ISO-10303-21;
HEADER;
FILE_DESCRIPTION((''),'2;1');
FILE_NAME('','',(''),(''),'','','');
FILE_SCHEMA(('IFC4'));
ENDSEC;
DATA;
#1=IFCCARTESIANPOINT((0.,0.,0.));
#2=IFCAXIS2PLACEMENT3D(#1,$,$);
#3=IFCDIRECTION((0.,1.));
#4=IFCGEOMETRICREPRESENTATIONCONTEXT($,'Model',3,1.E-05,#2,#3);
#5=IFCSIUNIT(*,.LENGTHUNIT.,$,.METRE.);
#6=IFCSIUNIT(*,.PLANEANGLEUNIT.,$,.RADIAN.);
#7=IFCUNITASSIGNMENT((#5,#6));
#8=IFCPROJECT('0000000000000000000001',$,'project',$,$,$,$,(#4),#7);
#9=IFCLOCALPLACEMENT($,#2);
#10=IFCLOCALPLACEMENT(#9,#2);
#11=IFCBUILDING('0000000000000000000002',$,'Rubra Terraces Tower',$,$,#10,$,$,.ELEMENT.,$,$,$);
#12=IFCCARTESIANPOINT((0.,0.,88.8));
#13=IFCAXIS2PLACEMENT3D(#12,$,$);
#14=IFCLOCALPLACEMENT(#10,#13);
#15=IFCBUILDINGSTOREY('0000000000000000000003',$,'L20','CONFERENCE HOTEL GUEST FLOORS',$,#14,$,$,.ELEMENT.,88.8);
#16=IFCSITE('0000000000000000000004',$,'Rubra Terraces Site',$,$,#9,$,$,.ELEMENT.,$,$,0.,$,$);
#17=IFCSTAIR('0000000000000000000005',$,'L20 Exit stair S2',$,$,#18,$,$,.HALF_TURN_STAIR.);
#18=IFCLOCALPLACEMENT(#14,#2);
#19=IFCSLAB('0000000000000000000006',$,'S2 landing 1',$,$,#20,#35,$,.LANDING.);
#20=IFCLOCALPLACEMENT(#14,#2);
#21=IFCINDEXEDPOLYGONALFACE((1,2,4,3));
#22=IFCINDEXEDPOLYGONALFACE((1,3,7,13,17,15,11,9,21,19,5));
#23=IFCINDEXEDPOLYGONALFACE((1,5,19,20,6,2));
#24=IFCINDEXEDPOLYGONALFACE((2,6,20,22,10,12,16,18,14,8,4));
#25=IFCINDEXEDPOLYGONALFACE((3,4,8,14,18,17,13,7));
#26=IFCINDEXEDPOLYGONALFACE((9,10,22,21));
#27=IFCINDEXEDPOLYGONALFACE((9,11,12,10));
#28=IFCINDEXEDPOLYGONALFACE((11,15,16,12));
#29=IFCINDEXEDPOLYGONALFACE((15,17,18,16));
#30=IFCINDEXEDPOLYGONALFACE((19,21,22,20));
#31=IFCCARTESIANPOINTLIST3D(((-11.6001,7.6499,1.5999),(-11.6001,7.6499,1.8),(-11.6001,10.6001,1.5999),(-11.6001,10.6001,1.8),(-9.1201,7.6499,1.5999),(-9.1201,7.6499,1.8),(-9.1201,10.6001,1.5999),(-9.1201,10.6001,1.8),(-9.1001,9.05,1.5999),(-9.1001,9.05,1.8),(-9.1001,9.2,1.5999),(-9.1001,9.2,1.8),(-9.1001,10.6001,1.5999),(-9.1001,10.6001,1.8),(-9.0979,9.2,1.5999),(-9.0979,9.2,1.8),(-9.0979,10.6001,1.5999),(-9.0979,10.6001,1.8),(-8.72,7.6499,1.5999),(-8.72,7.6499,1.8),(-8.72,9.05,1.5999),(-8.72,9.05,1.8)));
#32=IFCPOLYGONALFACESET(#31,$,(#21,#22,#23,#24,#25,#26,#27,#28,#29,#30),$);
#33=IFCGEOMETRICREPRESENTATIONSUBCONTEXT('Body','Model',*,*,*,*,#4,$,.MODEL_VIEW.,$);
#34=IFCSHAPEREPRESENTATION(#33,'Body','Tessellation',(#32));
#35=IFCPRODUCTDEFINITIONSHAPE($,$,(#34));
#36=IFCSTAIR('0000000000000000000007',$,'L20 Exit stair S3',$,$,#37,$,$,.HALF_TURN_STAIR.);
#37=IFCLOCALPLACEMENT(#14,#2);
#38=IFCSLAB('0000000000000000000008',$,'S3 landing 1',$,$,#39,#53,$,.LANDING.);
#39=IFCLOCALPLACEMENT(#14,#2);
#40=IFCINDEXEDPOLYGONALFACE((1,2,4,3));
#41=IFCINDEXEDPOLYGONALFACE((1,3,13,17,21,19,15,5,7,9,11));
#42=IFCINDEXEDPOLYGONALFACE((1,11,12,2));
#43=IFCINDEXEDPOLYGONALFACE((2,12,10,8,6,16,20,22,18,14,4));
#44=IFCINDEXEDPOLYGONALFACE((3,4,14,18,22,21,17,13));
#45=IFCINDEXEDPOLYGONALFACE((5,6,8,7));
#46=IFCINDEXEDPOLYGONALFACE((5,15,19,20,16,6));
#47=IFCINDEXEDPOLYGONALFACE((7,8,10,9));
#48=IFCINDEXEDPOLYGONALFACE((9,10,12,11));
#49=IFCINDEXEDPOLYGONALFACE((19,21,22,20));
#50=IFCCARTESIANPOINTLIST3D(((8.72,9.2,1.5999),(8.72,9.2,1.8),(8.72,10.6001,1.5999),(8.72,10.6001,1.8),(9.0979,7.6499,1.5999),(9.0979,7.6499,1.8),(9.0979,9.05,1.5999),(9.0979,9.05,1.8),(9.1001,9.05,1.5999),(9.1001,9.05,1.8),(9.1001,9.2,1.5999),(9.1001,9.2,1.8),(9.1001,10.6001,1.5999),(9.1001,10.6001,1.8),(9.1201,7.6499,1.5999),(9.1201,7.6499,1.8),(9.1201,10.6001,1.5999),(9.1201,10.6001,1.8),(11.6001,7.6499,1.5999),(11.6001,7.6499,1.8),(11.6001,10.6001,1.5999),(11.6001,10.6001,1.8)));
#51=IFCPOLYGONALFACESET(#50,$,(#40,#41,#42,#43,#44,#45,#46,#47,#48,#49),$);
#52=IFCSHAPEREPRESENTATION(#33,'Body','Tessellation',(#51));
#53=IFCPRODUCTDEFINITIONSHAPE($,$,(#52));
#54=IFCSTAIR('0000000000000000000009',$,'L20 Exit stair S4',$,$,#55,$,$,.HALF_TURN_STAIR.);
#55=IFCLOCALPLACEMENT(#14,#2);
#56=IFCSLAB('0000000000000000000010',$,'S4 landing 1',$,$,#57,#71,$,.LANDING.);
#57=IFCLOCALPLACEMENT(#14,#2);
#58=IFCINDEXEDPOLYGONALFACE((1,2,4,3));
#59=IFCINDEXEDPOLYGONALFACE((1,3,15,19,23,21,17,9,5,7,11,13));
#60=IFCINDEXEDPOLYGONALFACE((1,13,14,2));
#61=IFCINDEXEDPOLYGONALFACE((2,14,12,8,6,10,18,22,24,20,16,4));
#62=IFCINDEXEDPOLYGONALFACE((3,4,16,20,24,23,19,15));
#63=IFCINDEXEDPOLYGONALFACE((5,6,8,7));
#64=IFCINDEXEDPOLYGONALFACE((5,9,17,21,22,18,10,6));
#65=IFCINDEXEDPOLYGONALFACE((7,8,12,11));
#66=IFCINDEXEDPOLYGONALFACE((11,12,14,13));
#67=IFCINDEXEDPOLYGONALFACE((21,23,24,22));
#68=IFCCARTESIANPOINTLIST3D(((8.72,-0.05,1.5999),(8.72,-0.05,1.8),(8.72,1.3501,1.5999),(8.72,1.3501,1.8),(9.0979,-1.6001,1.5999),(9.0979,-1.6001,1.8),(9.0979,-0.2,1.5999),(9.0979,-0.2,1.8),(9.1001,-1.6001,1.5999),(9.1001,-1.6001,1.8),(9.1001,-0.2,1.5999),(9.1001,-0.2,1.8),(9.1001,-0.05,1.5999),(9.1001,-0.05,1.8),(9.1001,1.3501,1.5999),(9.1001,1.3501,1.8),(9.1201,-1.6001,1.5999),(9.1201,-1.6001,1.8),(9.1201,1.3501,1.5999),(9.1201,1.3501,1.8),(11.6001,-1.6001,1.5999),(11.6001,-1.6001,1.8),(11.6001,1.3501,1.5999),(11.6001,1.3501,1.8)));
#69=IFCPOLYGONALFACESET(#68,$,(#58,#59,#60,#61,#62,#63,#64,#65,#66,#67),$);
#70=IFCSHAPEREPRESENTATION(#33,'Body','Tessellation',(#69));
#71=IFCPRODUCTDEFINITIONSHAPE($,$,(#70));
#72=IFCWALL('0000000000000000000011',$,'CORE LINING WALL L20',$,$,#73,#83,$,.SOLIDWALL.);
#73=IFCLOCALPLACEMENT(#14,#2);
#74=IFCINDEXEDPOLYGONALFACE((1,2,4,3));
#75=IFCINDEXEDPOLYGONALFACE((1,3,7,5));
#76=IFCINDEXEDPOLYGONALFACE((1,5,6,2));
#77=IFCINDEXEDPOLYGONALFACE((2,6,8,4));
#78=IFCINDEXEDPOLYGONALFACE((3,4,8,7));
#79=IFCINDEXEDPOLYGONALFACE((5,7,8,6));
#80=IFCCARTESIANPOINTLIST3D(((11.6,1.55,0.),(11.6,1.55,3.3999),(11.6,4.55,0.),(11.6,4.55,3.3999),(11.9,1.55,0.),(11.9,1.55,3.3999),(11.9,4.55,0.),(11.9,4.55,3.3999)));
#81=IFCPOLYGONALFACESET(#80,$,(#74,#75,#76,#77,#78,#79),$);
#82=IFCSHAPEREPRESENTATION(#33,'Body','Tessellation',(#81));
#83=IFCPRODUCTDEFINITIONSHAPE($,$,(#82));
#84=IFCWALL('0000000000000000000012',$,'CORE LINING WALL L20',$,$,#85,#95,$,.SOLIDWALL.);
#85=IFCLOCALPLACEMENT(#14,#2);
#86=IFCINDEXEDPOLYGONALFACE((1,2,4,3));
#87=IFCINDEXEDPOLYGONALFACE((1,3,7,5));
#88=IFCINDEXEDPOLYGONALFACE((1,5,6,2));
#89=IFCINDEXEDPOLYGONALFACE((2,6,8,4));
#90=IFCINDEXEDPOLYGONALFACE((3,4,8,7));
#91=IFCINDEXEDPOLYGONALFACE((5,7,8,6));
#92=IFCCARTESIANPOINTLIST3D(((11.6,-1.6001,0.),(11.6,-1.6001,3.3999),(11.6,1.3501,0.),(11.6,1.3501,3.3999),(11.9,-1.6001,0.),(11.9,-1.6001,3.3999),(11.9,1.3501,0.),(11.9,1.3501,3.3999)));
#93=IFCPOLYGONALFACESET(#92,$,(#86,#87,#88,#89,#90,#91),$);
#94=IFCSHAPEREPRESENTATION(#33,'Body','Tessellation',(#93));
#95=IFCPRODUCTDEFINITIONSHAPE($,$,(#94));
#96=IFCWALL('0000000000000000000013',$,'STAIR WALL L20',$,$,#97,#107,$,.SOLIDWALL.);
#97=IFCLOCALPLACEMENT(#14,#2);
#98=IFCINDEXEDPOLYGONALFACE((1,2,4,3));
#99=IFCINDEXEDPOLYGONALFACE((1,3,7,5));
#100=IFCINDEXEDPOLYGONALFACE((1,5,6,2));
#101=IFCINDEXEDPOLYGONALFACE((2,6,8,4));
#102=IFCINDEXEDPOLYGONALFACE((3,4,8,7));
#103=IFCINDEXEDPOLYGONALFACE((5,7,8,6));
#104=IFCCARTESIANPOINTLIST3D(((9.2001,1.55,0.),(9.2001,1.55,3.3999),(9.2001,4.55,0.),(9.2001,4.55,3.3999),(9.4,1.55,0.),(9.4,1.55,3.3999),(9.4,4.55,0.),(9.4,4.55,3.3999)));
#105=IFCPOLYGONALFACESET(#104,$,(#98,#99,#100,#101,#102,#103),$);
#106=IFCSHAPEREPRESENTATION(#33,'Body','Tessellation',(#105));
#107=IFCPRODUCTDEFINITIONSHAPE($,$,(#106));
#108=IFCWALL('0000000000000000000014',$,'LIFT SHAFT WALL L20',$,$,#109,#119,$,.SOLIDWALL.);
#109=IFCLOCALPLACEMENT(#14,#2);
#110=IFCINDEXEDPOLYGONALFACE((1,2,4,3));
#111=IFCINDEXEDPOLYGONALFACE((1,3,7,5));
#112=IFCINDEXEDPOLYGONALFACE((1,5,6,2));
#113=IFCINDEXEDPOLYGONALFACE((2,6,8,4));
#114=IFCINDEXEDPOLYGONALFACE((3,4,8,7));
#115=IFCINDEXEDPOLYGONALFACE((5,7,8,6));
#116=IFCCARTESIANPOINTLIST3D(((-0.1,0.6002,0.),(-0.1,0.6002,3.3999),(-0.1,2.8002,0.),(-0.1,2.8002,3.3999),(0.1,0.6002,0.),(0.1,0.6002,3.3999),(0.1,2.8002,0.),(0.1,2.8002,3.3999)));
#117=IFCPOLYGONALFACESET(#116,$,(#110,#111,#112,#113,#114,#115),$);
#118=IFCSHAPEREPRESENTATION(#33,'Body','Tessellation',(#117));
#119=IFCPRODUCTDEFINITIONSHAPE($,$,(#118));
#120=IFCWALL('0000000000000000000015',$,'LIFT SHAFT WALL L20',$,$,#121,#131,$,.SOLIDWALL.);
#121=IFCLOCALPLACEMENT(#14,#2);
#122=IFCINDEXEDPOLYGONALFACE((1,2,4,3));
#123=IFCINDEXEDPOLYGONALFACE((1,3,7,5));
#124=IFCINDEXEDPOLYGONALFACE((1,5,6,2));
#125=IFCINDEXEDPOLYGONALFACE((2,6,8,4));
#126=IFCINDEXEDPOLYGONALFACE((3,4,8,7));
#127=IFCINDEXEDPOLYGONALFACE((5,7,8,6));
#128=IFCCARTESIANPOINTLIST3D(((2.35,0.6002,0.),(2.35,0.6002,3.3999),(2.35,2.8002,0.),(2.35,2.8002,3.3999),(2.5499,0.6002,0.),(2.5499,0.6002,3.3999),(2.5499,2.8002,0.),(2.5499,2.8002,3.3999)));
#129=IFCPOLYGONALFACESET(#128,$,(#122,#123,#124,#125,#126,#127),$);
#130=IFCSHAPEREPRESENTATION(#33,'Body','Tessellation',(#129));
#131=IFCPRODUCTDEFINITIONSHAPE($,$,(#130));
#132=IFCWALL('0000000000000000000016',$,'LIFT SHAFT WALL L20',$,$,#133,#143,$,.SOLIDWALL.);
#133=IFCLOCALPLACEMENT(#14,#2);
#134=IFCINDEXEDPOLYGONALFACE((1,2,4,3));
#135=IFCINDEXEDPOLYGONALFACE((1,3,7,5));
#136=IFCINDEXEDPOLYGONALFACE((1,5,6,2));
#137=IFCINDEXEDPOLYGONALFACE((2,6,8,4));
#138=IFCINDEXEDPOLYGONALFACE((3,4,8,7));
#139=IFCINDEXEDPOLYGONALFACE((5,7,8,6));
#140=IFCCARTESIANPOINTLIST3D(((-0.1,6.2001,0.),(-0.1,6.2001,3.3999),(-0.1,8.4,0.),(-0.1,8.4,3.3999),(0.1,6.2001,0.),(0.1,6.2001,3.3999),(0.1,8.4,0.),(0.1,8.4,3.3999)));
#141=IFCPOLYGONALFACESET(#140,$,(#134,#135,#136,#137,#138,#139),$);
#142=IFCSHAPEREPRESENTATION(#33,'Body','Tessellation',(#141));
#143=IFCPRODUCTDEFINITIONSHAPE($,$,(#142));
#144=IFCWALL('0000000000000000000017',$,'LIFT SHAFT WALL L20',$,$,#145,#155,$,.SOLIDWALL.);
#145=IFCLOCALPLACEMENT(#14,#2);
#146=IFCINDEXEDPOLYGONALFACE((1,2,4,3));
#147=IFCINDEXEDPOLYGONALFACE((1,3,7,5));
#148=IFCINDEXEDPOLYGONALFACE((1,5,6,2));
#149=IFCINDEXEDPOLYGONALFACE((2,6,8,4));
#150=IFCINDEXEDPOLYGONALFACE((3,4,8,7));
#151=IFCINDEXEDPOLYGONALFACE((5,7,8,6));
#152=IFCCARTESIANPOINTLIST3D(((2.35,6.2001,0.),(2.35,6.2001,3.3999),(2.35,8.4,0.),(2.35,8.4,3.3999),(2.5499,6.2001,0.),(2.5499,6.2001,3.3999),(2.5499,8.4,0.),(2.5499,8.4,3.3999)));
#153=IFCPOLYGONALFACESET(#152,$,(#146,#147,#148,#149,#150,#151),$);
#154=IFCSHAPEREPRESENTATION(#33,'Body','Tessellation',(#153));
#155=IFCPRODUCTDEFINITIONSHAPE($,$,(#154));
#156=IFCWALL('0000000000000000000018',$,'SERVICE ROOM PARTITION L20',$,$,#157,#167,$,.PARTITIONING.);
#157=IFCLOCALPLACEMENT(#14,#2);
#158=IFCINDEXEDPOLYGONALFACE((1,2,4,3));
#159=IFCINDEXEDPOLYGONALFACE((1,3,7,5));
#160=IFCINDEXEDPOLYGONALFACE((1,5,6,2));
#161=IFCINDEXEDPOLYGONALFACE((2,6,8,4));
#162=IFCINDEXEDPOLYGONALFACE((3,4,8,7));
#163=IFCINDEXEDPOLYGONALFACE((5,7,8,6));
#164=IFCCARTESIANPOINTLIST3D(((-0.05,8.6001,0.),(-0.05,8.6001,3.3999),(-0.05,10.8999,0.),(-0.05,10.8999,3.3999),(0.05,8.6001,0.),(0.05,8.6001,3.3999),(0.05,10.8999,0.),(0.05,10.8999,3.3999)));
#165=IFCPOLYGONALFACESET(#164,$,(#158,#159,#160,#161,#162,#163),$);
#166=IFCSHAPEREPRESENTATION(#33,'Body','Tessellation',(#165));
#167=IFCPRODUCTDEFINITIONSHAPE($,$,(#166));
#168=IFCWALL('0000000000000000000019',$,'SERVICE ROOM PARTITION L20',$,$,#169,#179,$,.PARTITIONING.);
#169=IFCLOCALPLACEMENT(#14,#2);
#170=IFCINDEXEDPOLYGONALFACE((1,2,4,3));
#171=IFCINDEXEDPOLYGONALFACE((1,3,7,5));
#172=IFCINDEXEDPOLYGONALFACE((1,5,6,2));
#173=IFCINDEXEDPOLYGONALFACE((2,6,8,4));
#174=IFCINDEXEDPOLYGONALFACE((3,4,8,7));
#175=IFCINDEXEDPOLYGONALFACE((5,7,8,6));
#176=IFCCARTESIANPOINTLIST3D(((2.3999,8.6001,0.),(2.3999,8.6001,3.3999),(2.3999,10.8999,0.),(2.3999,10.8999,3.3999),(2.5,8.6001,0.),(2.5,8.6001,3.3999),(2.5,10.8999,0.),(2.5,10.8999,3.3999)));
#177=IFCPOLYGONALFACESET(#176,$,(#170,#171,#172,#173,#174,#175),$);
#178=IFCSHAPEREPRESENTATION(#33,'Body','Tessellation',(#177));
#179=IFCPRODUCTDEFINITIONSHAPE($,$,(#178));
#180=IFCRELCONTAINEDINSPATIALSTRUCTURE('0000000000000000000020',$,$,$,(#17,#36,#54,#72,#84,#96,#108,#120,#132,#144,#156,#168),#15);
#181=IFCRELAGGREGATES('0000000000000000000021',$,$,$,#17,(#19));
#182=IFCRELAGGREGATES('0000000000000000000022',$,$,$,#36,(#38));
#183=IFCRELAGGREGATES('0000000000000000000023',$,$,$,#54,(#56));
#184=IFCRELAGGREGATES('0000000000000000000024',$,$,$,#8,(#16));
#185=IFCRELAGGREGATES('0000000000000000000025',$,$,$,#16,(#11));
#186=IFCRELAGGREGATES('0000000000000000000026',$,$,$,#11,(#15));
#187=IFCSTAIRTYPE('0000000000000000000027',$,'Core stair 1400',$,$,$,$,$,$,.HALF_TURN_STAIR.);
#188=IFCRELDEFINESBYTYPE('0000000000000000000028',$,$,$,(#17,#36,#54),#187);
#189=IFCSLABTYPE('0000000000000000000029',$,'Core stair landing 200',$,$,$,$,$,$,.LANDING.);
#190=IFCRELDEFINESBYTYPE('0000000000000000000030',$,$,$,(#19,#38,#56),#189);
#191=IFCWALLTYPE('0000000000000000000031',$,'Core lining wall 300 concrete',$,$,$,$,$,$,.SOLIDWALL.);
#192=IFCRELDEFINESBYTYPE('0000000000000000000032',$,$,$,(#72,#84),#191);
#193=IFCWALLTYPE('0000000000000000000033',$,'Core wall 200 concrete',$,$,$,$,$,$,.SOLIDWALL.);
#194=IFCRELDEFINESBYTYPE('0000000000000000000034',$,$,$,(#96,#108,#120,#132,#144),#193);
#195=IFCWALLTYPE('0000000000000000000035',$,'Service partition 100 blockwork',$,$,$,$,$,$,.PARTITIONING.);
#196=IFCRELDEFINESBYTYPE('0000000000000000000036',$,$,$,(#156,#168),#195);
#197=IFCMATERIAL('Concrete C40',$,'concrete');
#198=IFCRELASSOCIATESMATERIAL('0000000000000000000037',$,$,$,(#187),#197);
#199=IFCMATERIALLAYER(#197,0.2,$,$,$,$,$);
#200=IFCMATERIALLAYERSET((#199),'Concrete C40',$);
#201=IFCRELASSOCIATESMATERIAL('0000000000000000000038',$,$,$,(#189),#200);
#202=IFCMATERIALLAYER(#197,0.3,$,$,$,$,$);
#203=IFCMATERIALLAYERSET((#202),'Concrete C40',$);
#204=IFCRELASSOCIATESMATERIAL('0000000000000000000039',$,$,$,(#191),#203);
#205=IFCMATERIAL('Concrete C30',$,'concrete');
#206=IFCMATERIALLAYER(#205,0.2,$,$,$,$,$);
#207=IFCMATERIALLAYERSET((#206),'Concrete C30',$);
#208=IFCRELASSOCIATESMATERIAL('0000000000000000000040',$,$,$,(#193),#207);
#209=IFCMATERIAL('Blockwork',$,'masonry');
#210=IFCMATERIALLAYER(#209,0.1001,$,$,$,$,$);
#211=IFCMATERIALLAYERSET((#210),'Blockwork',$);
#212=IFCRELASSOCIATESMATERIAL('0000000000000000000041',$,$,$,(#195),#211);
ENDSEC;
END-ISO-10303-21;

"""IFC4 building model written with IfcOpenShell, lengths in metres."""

from ifc_helpers import new_model, si_unit, direction, frame, frame_2d, origin, place, context, subcontext, project, spatial, polyline, rectangle, outline, extrude, material, layer, layer_set, type_object, element, aggregate, save


model = new_model("IFC4")

# Units and contexts
model_context = context("Model", 3, precision=1e-05, world=origin(), true_north=direction((0.0, 1.0)))
body_context = subcontext(model_context, "Body", "Model", "MODEL_VIEW")
ifc_project = project(units=[si_unit("LENGTHUNIT", "METRE"), si_unit("PLANEANGLEUNIT", "RADIAN")], contexts=[model_context])

# Site, building, storey
site_placement = place(None, origin())
site = spatial("IfcSite", under=ifc_project, at=site_placement, Name="Rubra Terraces Site", CompositionType="ELEMENT", RefElevation=0.0)
building_placement = place(site_placement, origin())
building = spatial("IfcBuilding", under=site, at=building_placement, Name="Rubra Terraces Tower", CompositionType="ELEMENT")
storey_placement = place(building_placement, frame((0.0, 0.0, 88.8)))
storey = spatial("IfcBuildingStorey", under=building, at=storey_placement, Name="L20", Description="CONFERENCE HOTEL GUEST FLOORS", CompositionType="ELEMENT", Elevation=88.8)

# Stairs, slabs
ifc_material_1 = material(Name="Concrete C40", Category="concrete")
stair_type = type_object("IfcStairType", Name="Core stair 1400", PredefinedType="HALF_TURN_STAIR", material=ifc_material_1)
stair_1_placement = place(storey_placement, origin())
stair_1 = element("IfcStair", 1, at=stair_1_placement, inside=storey, type_object=stair_type, Name="L20 Exit stair S2", PredefinedType="HALF_TURN_STAIR")
ifc_layer_1 = layer(ifc_material_1, 0.2)
ifc_layer_set_1 = layer_set([ifc_layer_1], Name="Concrete C40")
slab_type = type_object("IfcSlabType", Name="Core stair landing 200", PredefinedType="LANDING", material=ifc_layer_set_1)
slab_1_placement = place(storey_placement, frame((0.0, 0.0, 1.5999)))
slab_1 = element("IfcSlab", 2, at=slab_1_placement, type_object=slab_type, Name="S2 landing 1", PredefinedType="LANDING", context=body_context, shape_type="SweptSolid", body=[
    extrude(outline(polyline([(-8.72, 9.05), (-8.72, 7.6499), (-9.1201, 7.6499), (-11.6001, 7.6499), (-11.6001, 10.6001), (-9.1201, 10.6001), (-9.1001, 10.6001), (-9.0979, 10.6001), (-9.0979, 9.2), (-9.1001, 9.2), (-9.1001, 9.05), (-8.72, 9.05)])), origin(), (0.0, 0.0, 1.0), 0.2002),
])
aggregate(stair_1, [slab_1])
stair_2_placement = place(storey_placement, origin())
stair_2 = element("IfcStair", 3, at=stair_2_placement, inside=storey, type_object=stair_type, Name="L20 Exit stair S3", PredefinedType="HALF_TURN_STAIR")
slab_2_placement = place(storey_placement, frame((0.0, 0.0, 1.5999)))
slab_2 = element("IfcSlab", 4, at=slab_2_placement, type_object=slab_type, Name="S3 landing 1", PredefinedType="LANDING", context=body_context, shape_type="SweptSolid", body=[
    extrude(outline(polyline([(9.1001, 9.05), (9.1001, 9.2), (8.72, 9.2), (8.72, 10.6001), (9.1001, 10.6001), (9.1201, 10.6001), (11.6001, 10.6001), (11.6001, 7.6499), (9.1201, 7.6499), (9.0979, 7.6499), (9.0979, 9.05), (9.1001, 9.05)])), origin(), (0.0, 0.0, 1.0), 0.2002),
])
stair_3_placement = place(storey_placement, origin())
stair_3 = element("IfcStair", 5, at=stair_3_placement, inside=storey, type_object=stair_type, Name="L20 Exit stair S4", PredefinedType="HALF_TURN_STAIR")
slab_3_placement = place(storey_placement, frame((0.0, 0.0, 1.5999)))
slab_3 = element("IfcSlab", 6, at=slab_3_placement, type_object=slab_type, Name="S4 landing 1", PredefinedType="LANDING", context=body_context, shape_type="SweptSolid", body=[
    extrude(outline(polyline([(9.1001, -0.2), (9.1001, -0.05), (8.72, -0.05), (8.72, 1.3501), (9.1001, 1.3501), (9.1201, 1.3501), (11.6001, 1.3501), (11.6001, -1.6001), (9.1201, -1.6001), (9.1001, -1.6001), (9.0979, -1.6001), (9.0979, -0.2), (9.1001, -0.2)])), origin(), (0.0, 0.0, 1.0), 0.2002),
])

# Walls
ifc_layer_2 = layer(ifc_material_1, 0.3)
ifc_layer_set_2 = layer_set([ifc_layer_2], Name="Concrete C40")
wall_type_1 = type_object("IfcWallType", Name="Core lining wall 300 concrete", PredefinedType="SOLIDWALL", material=ifc_layer_set_2)
wall_1_placement = place(storey_placement, frame((11.75, 4.55, 0.0), z_axis=(0.0, 0.0, 1.0), x_axis=(0.0, -1.0, 0.0)))
element("IfcWall", 7, at=wall_1_placement, inside=storey, type_object=wall_type_1, Name="CORE LINING WALL L20", PredefinedType="SOLIDWALL", context=body_context, shape_type="SweptSolid", body=[
    extrude(rectangle(XDim=3.0, YDim=0.3, at=frame_2d((1.5, 0.0))), origin(), (0.0, 0.0, 1.0), 3.3999),
])
wall_2_placement = place(storey_placement, frame((11.75, 1.3501, 0.0), z_axis=(0.0, 0.0, 1.0), x_axis=(0.0, -1.0, 0.0)))
element("IfcWall", 8, at=wall_2_placement, inside=storey, type_object=wall_type_1, Name="CORE LINING WALL L20", PredefinedType="SOLIDWALL", context=body_context, shape_type="SweptSolid", body=[
    extrude(rectangle(XDim=2.9502, YDim=0.3, at=frame_2d((1.4751, 0.0))), origin(), (0.0, 0.0, 1.0), 3.3999),
])
ifc_material_2 = material(Name="Concrete C30", Category="concrete")
ifc_layer_3 = layer(ifc_material_2, 0.2)
ifc_layer_set_3 = layer_set([ifc_layer_3], Name="Concrete C30")
wall_type_2 = type_object("IfcWallType", Name="Core wall 200 concrete", PredefinedType="SOLIDWALL", material=ifc_layer_set_3)
wall_3_placement = place(storey_placement, frame((9.3, 4.55, 0.0), z_axis=(0.0, 0.0, 1.0), x_axis=(0.0, -1.0, 0.0)))
element("IfcWall", 9, at=wall_3_placement, inside=storey, type_object=wall_type_2, Name="STAIR WALL L20", PredefinedType="SOLIDWALL", context=body_context, shape_type="SweptSolid", body=[
    extrude(rectangle(XDim=3.0, YDim=0.2, at=frame_2d((1.5, 0.0))), origin(), (0.0, 0.0, 1.0), 3.3999),
])
for number, where, z_axis, x_axis, name in (
    (10, (0.0, 0.6001, 0.0), (0.0, 0.0, 1.0), (0.0, 1.0, 0.0), "LIFT SHAFT WALL L20"),
    (11, (2.45, 0.6001, 0.0), (0.0, 0.0, 1.0), (0.0, 1.0, 0.0), "LIFT SHAFT WALL L20"),
    (12, (0.0, 6.2, 0.0), (0.0, 0.0, 1.0), (0.0, 1.0, 0.0), "LIFT SHAFT WALL L20"),
    (13, (2.45, 6.2, 0.0), (0.0, 0.0, 1.0), (0.0, 1.0, 0.0), "LIFT SHAFT WALL L20"),
):
    element("IfcWall", number, at=place(storey_placement, frame(where, z_axis=z_axis, x_axis=x_axis)), inside=storey, type_object=wall_type_2, Name=name, PredefinedType="SOLIDWALL", context=body_context, shape_type="SweptSolid", body=[
        extrude(rectangle(XDim=2.2, YDim=0.2, at=frame_2d((1.1001, 0.0))), origin(), (0.0, 0.0, 1.0), 3.3999),
    ])
ifc_material_3 = material(Name="Blockwork", Category="masonry")
ifc_layer_4 = layer(ifc_material_3, 0.1001)
ifc_layer_set_4 = layer_set([ifc_layer_4], Name="Blockwork")
wall_type_3 = type_object("IfcWallType", Name="Service partition 100 blockwork", PredefinedType="PARTITIONING", material=ifc_layer_set_4)
for number, where, z_axis, x_axis, name in (
    (14, (0.0, 8.6001, 0.0), (0.0, 0.0, 1.0), (0.0, 1.0, 0.0), "SERVICE ROOM PARTITION L20"),
    (15, (2.45, 8.6001, 0.0), (0.0, 0.0, 1.0), (0.0, 1.0, 0.0), "SERVICE ROOM PARTITION L20"),
):
    element("IfcWall", number, at=place(storey_placement, frame(where, z_axis=z_axis, x_axis=x_axis)), inside=storey, type_object=wall_type_3, Name=name, PredefinedType="PARTITIONING", context=body_context, shape_type="SweptSolid", body=[
        extrude(rectangle(XDim=2.2998, YDim=0.1001, at=frame_2d((1.1499, 0.0))), origin(), (0.0, 0.0, 1.0), 3.3999),
    ])

aggregate(stair_2, [slab_2])
aggregate(stair_3, [slab_3])

save(model, "model.ifc")
